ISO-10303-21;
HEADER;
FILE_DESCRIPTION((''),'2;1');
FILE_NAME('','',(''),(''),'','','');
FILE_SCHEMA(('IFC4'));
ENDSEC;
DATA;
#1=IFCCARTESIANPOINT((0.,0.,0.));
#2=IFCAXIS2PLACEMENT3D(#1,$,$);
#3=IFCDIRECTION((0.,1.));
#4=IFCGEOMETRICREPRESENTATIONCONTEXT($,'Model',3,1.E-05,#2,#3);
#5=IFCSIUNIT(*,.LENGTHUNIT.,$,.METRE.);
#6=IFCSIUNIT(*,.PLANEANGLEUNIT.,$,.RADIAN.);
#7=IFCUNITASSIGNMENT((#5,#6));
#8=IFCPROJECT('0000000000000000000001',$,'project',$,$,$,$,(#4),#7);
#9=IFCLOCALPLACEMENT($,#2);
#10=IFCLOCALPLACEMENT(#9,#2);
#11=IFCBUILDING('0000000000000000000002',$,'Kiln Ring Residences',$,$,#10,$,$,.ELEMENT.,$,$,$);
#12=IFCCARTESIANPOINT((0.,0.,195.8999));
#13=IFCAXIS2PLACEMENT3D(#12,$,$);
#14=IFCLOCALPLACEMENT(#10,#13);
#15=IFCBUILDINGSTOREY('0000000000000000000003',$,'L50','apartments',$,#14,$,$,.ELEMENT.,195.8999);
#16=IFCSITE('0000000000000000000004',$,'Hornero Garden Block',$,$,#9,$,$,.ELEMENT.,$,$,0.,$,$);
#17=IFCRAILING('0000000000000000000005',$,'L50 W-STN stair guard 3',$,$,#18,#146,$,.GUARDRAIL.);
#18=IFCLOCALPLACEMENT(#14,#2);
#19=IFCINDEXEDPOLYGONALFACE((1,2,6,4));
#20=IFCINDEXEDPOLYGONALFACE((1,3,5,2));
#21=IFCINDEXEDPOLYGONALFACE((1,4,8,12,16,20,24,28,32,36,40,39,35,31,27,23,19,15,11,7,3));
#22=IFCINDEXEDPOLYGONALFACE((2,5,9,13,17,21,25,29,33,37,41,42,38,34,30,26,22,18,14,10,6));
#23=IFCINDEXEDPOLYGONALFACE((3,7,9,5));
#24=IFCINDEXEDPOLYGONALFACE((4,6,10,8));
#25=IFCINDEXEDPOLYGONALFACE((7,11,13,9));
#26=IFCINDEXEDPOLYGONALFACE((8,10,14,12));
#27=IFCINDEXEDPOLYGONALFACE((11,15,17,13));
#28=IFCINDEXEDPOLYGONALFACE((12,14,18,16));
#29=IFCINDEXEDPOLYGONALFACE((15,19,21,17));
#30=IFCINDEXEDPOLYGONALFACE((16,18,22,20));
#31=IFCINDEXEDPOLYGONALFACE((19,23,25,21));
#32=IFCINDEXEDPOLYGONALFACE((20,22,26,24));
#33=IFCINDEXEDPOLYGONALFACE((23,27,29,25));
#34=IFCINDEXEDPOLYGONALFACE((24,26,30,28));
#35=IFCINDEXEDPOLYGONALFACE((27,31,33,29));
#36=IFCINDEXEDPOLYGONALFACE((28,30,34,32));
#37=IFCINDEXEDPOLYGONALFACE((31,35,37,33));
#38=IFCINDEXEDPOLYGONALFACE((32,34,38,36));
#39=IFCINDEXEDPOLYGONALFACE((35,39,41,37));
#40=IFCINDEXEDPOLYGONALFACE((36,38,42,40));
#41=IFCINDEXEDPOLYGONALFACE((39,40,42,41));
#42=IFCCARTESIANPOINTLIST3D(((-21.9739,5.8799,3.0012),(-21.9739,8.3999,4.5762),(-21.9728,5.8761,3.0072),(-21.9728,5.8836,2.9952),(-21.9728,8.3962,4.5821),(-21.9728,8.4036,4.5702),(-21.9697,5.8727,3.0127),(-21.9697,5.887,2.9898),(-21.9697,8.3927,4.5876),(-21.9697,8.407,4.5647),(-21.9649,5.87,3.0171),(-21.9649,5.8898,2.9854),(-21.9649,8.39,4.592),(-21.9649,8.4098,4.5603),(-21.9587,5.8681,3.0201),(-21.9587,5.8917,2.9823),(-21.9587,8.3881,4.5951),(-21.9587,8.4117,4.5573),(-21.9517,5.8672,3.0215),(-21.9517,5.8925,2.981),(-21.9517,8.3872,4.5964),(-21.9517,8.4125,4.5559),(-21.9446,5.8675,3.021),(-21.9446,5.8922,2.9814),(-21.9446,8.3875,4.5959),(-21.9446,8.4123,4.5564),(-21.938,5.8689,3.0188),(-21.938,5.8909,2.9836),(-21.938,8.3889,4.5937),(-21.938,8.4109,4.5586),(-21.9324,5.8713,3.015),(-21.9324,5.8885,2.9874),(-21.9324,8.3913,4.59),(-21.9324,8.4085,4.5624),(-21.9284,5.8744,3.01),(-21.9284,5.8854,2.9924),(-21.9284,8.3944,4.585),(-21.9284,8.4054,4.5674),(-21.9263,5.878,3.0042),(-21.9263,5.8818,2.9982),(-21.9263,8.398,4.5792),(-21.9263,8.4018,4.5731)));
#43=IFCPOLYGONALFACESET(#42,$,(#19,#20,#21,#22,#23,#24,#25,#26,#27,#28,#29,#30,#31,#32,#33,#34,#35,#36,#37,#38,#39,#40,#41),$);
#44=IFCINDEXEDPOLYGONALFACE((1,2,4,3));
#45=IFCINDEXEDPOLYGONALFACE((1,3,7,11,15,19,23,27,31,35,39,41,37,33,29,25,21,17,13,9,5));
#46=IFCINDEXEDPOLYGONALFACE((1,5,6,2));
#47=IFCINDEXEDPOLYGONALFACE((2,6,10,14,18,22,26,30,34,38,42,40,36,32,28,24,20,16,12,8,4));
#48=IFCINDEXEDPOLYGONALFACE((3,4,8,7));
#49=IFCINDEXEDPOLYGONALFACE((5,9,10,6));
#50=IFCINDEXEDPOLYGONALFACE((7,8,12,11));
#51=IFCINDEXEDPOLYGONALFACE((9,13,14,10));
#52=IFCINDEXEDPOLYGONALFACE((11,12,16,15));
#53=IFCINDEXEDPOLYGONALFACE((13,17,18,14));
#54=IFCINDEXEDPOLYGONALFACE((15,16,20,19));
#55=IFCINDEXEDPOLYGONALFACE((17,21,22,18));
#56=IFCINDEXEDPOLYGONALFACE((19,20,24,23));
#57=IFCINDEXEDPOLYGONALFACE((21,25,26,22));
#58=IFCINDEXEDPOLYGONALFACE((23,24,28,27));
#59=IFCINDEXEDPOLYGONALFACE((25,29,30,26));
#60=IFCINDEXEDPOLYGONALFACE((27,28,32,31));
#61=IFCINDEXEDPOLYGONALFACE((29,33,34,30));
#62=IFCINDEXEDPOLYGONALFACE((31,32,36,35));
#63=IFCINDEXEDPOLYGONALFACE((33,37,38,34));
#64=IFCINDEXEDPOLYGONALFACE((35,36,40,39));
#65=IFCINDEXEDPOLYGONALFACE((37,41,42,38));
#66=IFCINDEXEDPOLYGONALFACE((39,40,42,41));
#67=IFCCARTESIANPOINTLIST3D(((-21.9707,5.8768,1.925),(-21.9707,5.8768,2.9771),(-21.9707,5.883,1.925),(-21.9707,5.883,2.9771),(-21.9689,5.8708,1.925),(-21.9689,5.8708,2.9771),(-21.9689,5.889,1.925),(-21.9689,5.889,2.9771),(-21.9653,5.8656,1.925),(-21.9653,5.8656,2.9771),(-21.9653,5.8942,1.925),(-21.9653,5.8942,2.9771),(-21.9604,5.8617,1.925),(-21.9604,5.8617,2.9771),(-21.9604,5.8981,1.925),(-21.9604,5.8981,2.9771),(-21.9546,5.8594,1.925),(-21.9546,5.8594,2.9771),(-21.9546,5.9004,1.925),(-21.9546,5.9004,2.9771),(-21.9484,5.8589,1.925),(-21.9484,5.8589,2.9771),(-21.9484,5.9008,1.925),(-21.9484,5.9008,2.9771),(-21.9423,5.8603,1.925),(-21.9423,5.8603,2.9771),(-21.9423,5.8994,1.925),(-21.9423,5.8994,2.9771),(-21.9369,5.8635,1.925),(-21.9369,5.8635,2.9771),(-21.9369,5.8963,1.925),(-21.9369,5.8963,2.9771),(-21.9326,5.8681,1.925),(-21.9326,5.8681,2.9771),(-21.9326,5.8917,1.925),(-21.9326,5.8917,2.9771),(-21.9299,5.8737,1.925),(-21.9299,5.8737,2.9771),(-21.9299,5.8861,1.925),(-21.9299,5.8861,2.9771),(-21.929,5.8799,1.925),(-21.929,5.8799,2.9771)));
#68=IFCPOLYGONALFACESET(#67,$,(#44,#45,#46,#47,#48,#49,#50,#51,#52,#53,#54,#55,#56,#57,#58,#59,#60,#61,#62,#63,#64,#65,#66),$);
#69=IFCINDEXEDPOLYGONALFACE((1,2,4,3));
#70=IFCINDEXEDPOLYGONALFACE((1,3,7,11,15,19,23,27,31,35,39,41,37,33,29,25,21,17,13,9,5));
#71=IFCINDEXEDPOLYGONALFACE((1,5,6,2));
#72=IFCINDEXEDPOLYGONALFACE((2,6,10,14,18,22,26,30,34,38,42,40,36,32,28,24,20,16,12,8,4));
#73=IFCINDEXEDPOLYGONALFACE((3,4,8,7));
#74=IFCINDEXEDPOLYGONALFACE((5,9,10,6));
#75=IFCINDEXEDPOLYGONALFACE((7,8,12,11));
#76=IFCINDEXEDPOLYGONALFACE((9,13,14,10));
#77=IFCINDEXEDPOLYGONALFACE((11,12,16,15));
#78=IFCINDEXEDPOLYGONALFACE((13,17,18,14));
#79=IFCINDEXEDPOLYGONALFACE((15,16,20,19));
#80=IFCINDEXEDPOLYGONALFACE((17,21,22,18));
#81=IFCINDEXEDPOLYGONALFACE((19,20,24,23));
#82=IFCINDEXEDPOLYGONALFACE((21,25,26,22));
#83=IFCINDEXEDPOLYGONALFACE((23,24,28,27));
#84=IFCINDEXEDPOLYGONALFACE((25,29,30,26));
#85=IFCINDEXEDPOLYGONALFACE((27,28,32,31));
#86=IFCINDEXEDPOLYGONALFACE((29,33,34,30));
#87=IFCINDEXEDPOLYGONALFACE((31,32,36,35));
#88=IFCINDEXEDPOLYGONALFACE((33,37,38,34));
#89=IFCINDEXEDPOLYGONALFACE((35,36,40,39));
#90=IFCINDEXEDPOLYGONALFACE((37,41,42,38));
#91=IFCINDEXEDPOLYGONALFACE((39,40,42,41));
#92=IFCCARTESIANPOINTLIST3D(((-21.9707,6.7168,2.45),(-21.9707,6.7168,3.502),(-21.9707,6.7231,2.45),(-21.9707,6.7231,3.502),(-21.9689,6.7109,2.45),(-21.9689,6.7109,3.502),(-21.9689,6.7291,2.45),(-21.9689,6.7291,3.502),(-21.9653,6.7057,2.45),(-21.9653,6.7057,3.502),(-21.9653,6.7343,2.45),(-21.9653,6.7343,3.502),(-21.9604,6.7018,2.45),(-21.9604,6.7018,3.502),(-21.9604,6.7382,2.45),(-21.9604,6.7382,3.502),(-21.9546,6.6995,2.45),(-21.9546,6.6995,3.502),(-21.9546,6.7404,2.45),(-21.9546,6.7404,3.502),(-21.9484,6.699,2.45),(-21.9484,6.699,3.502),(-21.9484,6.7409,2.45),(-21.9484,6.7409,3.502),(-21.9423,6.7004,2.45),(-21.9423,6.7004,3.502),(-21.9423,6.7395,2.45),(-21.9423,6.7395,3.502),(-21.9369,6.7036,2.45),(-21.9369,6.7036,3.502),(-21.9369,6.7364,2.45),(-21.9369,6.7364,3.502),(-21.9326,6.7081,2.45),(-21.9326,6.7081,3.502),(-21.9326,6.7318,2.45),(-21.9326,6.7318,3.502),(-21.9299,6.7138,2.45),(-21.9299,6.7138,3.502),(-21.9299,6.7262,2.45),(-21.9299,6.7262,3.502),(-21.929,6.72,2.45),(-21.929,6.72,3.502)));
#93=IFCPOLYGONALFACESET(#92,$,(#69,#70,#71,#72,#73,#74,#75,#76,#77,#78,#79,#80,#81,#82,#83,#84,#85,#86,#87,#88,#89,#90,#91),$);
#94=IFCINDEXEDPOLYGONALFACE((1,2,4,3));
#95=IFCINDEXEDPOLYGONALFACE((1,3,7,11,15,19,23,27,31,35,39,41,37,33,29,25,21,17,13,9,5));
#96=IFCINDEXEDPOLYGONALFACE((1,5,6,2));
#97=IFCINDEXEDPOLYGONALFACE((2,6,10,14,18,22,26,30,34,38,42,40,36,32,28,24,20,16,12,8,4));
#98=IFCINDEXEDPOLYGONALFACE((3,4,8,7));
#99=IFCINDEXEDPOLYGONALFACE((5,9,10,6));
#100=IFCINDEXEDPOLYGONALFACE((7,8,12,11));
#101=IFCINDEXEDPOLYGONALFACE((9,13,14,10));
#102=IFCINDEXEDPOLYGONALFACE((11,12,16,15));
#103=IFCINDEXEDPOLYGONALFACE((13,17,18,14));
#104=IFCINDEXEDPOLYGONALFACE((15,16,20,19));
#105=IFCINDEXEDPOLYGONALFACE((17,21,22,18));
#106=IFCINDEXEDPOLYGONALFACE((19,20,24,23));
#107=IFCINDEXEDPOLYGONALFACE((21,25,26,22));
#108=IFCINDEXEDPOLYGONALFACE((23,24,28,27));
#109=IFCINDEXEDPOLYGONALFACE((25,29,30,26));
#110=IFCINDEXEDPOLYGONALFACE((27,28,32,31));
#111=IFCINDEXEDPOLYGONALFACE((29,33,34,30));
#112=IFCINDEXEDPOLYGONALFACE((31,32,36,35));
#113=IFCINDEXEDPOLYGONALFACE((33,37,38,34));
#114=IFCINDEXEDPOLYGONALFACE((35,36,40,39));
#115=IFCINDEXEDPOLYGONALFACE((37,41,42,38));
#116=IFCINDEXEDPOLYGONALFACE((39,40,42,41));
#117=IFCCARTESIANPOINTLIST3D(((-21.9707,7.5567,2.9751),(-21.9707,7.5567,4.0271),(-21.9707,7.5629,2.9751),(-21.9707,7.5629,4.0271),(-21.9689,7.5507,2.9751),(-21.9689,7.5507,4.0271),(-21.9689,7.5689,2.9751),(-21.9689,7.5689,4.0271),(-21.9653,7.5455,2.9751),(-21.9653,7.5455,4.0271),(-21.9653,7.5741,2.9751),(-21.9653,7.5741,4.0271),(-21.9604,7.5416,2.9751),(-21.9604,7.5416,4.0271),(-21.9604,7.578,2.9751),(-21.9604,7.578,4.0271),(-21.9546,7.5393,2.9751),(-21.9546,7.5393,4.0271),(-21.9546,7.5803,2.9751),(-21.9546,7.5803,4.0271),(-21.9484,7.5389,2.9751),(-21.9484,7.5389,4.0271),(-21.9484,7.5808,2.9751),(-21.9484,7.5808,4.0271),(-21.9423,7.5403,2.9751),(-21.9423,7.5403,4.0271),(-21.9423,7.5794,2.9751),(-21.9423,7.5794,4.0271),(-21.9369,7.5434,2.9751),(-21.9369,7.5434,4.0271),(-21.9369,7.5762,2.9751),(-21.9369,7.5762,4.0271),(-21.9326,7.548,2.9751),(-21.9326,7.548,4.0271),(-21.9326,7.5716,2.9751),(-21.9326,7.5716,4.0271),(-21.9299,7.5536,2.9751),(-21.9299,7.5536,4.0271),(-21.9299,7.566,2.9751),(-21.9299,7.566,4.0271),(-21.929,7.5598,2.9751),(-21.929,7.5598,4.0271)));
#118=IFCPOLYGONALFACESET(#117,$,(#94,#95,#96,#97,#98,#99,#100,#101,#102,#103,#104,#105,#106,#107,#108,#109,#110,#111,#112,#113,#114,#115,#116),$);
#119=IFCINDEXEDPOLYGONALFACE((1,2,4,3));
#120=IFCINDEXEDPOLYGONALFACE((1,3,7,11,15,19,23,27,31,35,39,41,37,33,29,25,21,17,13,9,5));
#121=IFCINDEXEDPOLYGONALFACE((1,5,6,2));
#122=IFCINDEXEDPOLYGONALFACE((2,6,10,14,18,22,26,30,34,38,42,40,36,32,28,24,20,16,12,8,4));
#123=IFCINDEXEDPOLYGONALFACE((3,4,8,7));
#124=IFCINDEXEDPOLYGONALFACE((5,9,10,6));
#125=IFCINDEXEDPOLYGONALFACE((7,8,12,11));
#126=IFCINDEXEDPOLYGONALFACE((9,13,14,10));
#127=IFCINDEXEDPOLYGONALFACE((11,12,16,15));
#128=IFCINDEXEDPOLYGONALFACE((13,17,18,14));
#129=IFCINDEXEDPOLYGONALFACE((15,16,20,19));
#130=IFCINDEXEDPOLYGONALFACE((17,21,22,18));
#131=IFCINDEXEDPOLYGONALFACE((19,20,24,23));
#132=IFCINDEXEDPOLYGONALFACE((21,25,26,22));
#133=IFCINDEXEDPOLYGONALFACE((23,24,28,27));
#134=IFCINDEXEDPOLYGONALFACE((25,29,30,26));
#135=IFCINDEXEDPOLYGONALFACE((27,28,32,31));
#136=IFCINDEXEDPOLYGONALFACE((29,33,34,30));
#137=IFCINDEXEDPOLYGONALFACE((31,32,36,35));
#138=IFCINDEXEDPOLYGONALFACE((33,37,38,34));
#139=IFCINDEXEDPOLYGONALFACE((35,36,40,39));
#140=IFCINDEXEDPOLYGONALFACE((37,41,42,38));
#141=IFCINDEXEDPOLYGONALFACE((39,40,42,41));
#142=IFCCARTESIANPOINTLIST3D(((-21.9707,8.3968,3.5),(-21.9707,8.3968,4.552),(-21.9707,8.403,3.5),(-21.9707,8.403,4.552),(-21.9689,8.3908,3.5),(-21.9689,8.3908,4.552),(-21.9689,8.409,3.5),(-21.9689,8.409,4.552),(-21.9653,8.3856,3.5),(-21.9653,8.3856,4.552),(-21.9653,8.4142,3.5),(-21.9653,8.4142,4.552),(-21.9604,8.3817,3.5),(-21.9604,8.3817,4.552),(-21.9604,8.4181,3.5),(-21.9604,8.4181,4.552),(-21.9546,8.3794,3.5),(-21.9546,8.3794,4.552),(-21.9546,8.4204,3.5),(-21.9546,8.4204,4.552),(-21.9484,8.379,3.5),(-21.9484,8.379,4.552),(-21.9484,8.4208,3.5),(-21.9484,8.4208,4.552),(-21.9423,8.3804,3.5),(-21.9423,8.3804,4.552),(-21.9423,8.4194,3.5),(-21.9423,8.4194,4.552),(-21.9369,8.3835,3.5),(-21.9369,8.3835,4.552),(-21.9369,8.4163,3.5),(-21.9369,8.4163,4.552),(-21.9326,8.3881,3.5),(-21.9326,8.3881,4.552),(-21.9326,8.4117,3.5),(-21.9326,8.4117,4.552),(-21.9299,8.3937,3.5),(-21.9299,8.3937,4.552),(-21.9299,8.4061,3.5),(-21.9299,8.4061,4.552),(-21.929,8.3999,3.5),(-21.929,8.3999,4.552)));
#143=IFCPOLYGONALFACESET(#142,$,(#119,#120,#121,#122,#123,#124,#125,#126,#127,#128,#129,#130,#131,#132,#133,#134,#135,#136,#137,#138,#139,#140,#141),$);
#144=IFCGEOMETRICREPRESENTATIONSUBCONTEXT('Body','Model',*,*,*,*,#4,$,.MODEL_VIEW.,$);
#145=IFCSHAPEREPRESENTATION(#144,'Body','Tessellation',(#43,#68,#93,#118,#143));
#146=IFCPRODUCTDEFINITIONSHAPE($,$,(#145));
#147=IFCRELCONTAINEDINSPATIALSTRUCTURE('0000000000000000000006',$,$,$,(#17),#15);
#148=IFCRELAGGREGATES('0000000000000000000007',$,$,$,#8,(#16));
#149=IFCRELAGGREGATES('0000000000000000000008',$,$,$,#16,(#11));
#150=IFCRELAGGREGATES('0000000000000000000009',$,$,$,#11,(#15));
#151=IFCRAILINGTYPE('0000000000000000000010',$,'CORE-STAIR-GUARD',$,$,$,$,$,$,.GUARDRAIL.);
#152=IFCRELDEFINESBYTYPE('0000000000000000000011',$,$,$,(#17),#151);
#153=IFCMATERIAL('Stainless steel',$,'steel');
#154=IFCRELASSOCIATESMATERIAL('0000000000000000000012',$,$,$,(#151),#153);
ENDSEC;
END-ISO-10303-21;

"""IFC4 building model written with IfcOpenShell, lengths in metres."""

from ifc_helpers import new_model, si_unit, direction, frame, origin, origin_2d, place, context, subcontext, project, spatial, circle, extrude, material, type_object, element, save


model = new_model("IFC4")

# Units and contexts
model_context = context("Model", 3, precision=1e-05, world=origin(), true_north=direction((0.0, 1.0)))
body_context = subcontext(model_context, "Body", "Model", "MODEL_VIEW")
ifc_project = project(units=[si_unit("LENGTHUNIT", "METRE"), si_unit("PLANEANGLEUNIT", "RADIAN")], contexts=[model_context])

# Site, building, storey
site_placement = place(None, origin())
site = spatial("IfcSite", under=ifc_project, at=site_placement, Name="Hornero Garden Block", CompositionType="ELEMENT", RefElevation=0.0)
building_placement = place(site_placement, origin())
building = spatial("IfcBuilding", under=site, at=building_placement, Name="Kiln Ring Residences", CompositionType="ELEMENT")
storey_placement = place(building_placement, frame((0.0, 0.0, 195.8999)))
storey = spatial("IfcBuildingStorey", under=building, at=storey_placement, Name="L50", Description="apartments", CompositionType="ELEMENT", Elevation=195.8999)

# Railing
ifc_material_1 = material(Name="Stainless steel", Category="steel")
railing_type_1 = type_object("IfcRailingType", Name="CORE-STAIR-GUARD", PredefinedType="GUARDRAIL", material=ifc_material_1)
railing_1_placement = place(storey_placement, frame((-21.95, 5.8799, 1.925)))
element("IfcRailing", 1, at=railing_1_placement, inside=storey, type_object=railing_type_1, Name="L50 W-STN stair guard 3", PredefinedType="GUARDRAIL", context=body_context, shape_type="SweptSolid", body=[
    extrude(circle(Radius=0.0239, at=origin_2d()), frame((0.0, 0.0, 1.0762), z_axis=(0.0, 0.848008, 0.529984), x_axis=(-1.0, 0.0, 0.0)), (0.0, 0.0, 1.0), 2.9717),
    extrude(circle(Radius=0.021, at=origin_2d()), origin(), (0.0, 0.0, 1.0), 1.052),
    extrude(circle(Radius=0.021, at=origin_2d()), frame((0.0, 0.8401, 0.5249)), (0.0, 0.0, 1.0), 1.052),
    extrude(circle(Radius=0.021, at=origin_2d()), frame((0.0, 1.6799, 1.05)), (0.0, 0.0, 1.0), 1.052),
    extrude(circle(Radius=0.021, at=origin_2d()), frame((0.0, 2.52, 1.575)), (0.0, 0.0, 1.0), 1.052),
])

save(model, "model.ifc")
